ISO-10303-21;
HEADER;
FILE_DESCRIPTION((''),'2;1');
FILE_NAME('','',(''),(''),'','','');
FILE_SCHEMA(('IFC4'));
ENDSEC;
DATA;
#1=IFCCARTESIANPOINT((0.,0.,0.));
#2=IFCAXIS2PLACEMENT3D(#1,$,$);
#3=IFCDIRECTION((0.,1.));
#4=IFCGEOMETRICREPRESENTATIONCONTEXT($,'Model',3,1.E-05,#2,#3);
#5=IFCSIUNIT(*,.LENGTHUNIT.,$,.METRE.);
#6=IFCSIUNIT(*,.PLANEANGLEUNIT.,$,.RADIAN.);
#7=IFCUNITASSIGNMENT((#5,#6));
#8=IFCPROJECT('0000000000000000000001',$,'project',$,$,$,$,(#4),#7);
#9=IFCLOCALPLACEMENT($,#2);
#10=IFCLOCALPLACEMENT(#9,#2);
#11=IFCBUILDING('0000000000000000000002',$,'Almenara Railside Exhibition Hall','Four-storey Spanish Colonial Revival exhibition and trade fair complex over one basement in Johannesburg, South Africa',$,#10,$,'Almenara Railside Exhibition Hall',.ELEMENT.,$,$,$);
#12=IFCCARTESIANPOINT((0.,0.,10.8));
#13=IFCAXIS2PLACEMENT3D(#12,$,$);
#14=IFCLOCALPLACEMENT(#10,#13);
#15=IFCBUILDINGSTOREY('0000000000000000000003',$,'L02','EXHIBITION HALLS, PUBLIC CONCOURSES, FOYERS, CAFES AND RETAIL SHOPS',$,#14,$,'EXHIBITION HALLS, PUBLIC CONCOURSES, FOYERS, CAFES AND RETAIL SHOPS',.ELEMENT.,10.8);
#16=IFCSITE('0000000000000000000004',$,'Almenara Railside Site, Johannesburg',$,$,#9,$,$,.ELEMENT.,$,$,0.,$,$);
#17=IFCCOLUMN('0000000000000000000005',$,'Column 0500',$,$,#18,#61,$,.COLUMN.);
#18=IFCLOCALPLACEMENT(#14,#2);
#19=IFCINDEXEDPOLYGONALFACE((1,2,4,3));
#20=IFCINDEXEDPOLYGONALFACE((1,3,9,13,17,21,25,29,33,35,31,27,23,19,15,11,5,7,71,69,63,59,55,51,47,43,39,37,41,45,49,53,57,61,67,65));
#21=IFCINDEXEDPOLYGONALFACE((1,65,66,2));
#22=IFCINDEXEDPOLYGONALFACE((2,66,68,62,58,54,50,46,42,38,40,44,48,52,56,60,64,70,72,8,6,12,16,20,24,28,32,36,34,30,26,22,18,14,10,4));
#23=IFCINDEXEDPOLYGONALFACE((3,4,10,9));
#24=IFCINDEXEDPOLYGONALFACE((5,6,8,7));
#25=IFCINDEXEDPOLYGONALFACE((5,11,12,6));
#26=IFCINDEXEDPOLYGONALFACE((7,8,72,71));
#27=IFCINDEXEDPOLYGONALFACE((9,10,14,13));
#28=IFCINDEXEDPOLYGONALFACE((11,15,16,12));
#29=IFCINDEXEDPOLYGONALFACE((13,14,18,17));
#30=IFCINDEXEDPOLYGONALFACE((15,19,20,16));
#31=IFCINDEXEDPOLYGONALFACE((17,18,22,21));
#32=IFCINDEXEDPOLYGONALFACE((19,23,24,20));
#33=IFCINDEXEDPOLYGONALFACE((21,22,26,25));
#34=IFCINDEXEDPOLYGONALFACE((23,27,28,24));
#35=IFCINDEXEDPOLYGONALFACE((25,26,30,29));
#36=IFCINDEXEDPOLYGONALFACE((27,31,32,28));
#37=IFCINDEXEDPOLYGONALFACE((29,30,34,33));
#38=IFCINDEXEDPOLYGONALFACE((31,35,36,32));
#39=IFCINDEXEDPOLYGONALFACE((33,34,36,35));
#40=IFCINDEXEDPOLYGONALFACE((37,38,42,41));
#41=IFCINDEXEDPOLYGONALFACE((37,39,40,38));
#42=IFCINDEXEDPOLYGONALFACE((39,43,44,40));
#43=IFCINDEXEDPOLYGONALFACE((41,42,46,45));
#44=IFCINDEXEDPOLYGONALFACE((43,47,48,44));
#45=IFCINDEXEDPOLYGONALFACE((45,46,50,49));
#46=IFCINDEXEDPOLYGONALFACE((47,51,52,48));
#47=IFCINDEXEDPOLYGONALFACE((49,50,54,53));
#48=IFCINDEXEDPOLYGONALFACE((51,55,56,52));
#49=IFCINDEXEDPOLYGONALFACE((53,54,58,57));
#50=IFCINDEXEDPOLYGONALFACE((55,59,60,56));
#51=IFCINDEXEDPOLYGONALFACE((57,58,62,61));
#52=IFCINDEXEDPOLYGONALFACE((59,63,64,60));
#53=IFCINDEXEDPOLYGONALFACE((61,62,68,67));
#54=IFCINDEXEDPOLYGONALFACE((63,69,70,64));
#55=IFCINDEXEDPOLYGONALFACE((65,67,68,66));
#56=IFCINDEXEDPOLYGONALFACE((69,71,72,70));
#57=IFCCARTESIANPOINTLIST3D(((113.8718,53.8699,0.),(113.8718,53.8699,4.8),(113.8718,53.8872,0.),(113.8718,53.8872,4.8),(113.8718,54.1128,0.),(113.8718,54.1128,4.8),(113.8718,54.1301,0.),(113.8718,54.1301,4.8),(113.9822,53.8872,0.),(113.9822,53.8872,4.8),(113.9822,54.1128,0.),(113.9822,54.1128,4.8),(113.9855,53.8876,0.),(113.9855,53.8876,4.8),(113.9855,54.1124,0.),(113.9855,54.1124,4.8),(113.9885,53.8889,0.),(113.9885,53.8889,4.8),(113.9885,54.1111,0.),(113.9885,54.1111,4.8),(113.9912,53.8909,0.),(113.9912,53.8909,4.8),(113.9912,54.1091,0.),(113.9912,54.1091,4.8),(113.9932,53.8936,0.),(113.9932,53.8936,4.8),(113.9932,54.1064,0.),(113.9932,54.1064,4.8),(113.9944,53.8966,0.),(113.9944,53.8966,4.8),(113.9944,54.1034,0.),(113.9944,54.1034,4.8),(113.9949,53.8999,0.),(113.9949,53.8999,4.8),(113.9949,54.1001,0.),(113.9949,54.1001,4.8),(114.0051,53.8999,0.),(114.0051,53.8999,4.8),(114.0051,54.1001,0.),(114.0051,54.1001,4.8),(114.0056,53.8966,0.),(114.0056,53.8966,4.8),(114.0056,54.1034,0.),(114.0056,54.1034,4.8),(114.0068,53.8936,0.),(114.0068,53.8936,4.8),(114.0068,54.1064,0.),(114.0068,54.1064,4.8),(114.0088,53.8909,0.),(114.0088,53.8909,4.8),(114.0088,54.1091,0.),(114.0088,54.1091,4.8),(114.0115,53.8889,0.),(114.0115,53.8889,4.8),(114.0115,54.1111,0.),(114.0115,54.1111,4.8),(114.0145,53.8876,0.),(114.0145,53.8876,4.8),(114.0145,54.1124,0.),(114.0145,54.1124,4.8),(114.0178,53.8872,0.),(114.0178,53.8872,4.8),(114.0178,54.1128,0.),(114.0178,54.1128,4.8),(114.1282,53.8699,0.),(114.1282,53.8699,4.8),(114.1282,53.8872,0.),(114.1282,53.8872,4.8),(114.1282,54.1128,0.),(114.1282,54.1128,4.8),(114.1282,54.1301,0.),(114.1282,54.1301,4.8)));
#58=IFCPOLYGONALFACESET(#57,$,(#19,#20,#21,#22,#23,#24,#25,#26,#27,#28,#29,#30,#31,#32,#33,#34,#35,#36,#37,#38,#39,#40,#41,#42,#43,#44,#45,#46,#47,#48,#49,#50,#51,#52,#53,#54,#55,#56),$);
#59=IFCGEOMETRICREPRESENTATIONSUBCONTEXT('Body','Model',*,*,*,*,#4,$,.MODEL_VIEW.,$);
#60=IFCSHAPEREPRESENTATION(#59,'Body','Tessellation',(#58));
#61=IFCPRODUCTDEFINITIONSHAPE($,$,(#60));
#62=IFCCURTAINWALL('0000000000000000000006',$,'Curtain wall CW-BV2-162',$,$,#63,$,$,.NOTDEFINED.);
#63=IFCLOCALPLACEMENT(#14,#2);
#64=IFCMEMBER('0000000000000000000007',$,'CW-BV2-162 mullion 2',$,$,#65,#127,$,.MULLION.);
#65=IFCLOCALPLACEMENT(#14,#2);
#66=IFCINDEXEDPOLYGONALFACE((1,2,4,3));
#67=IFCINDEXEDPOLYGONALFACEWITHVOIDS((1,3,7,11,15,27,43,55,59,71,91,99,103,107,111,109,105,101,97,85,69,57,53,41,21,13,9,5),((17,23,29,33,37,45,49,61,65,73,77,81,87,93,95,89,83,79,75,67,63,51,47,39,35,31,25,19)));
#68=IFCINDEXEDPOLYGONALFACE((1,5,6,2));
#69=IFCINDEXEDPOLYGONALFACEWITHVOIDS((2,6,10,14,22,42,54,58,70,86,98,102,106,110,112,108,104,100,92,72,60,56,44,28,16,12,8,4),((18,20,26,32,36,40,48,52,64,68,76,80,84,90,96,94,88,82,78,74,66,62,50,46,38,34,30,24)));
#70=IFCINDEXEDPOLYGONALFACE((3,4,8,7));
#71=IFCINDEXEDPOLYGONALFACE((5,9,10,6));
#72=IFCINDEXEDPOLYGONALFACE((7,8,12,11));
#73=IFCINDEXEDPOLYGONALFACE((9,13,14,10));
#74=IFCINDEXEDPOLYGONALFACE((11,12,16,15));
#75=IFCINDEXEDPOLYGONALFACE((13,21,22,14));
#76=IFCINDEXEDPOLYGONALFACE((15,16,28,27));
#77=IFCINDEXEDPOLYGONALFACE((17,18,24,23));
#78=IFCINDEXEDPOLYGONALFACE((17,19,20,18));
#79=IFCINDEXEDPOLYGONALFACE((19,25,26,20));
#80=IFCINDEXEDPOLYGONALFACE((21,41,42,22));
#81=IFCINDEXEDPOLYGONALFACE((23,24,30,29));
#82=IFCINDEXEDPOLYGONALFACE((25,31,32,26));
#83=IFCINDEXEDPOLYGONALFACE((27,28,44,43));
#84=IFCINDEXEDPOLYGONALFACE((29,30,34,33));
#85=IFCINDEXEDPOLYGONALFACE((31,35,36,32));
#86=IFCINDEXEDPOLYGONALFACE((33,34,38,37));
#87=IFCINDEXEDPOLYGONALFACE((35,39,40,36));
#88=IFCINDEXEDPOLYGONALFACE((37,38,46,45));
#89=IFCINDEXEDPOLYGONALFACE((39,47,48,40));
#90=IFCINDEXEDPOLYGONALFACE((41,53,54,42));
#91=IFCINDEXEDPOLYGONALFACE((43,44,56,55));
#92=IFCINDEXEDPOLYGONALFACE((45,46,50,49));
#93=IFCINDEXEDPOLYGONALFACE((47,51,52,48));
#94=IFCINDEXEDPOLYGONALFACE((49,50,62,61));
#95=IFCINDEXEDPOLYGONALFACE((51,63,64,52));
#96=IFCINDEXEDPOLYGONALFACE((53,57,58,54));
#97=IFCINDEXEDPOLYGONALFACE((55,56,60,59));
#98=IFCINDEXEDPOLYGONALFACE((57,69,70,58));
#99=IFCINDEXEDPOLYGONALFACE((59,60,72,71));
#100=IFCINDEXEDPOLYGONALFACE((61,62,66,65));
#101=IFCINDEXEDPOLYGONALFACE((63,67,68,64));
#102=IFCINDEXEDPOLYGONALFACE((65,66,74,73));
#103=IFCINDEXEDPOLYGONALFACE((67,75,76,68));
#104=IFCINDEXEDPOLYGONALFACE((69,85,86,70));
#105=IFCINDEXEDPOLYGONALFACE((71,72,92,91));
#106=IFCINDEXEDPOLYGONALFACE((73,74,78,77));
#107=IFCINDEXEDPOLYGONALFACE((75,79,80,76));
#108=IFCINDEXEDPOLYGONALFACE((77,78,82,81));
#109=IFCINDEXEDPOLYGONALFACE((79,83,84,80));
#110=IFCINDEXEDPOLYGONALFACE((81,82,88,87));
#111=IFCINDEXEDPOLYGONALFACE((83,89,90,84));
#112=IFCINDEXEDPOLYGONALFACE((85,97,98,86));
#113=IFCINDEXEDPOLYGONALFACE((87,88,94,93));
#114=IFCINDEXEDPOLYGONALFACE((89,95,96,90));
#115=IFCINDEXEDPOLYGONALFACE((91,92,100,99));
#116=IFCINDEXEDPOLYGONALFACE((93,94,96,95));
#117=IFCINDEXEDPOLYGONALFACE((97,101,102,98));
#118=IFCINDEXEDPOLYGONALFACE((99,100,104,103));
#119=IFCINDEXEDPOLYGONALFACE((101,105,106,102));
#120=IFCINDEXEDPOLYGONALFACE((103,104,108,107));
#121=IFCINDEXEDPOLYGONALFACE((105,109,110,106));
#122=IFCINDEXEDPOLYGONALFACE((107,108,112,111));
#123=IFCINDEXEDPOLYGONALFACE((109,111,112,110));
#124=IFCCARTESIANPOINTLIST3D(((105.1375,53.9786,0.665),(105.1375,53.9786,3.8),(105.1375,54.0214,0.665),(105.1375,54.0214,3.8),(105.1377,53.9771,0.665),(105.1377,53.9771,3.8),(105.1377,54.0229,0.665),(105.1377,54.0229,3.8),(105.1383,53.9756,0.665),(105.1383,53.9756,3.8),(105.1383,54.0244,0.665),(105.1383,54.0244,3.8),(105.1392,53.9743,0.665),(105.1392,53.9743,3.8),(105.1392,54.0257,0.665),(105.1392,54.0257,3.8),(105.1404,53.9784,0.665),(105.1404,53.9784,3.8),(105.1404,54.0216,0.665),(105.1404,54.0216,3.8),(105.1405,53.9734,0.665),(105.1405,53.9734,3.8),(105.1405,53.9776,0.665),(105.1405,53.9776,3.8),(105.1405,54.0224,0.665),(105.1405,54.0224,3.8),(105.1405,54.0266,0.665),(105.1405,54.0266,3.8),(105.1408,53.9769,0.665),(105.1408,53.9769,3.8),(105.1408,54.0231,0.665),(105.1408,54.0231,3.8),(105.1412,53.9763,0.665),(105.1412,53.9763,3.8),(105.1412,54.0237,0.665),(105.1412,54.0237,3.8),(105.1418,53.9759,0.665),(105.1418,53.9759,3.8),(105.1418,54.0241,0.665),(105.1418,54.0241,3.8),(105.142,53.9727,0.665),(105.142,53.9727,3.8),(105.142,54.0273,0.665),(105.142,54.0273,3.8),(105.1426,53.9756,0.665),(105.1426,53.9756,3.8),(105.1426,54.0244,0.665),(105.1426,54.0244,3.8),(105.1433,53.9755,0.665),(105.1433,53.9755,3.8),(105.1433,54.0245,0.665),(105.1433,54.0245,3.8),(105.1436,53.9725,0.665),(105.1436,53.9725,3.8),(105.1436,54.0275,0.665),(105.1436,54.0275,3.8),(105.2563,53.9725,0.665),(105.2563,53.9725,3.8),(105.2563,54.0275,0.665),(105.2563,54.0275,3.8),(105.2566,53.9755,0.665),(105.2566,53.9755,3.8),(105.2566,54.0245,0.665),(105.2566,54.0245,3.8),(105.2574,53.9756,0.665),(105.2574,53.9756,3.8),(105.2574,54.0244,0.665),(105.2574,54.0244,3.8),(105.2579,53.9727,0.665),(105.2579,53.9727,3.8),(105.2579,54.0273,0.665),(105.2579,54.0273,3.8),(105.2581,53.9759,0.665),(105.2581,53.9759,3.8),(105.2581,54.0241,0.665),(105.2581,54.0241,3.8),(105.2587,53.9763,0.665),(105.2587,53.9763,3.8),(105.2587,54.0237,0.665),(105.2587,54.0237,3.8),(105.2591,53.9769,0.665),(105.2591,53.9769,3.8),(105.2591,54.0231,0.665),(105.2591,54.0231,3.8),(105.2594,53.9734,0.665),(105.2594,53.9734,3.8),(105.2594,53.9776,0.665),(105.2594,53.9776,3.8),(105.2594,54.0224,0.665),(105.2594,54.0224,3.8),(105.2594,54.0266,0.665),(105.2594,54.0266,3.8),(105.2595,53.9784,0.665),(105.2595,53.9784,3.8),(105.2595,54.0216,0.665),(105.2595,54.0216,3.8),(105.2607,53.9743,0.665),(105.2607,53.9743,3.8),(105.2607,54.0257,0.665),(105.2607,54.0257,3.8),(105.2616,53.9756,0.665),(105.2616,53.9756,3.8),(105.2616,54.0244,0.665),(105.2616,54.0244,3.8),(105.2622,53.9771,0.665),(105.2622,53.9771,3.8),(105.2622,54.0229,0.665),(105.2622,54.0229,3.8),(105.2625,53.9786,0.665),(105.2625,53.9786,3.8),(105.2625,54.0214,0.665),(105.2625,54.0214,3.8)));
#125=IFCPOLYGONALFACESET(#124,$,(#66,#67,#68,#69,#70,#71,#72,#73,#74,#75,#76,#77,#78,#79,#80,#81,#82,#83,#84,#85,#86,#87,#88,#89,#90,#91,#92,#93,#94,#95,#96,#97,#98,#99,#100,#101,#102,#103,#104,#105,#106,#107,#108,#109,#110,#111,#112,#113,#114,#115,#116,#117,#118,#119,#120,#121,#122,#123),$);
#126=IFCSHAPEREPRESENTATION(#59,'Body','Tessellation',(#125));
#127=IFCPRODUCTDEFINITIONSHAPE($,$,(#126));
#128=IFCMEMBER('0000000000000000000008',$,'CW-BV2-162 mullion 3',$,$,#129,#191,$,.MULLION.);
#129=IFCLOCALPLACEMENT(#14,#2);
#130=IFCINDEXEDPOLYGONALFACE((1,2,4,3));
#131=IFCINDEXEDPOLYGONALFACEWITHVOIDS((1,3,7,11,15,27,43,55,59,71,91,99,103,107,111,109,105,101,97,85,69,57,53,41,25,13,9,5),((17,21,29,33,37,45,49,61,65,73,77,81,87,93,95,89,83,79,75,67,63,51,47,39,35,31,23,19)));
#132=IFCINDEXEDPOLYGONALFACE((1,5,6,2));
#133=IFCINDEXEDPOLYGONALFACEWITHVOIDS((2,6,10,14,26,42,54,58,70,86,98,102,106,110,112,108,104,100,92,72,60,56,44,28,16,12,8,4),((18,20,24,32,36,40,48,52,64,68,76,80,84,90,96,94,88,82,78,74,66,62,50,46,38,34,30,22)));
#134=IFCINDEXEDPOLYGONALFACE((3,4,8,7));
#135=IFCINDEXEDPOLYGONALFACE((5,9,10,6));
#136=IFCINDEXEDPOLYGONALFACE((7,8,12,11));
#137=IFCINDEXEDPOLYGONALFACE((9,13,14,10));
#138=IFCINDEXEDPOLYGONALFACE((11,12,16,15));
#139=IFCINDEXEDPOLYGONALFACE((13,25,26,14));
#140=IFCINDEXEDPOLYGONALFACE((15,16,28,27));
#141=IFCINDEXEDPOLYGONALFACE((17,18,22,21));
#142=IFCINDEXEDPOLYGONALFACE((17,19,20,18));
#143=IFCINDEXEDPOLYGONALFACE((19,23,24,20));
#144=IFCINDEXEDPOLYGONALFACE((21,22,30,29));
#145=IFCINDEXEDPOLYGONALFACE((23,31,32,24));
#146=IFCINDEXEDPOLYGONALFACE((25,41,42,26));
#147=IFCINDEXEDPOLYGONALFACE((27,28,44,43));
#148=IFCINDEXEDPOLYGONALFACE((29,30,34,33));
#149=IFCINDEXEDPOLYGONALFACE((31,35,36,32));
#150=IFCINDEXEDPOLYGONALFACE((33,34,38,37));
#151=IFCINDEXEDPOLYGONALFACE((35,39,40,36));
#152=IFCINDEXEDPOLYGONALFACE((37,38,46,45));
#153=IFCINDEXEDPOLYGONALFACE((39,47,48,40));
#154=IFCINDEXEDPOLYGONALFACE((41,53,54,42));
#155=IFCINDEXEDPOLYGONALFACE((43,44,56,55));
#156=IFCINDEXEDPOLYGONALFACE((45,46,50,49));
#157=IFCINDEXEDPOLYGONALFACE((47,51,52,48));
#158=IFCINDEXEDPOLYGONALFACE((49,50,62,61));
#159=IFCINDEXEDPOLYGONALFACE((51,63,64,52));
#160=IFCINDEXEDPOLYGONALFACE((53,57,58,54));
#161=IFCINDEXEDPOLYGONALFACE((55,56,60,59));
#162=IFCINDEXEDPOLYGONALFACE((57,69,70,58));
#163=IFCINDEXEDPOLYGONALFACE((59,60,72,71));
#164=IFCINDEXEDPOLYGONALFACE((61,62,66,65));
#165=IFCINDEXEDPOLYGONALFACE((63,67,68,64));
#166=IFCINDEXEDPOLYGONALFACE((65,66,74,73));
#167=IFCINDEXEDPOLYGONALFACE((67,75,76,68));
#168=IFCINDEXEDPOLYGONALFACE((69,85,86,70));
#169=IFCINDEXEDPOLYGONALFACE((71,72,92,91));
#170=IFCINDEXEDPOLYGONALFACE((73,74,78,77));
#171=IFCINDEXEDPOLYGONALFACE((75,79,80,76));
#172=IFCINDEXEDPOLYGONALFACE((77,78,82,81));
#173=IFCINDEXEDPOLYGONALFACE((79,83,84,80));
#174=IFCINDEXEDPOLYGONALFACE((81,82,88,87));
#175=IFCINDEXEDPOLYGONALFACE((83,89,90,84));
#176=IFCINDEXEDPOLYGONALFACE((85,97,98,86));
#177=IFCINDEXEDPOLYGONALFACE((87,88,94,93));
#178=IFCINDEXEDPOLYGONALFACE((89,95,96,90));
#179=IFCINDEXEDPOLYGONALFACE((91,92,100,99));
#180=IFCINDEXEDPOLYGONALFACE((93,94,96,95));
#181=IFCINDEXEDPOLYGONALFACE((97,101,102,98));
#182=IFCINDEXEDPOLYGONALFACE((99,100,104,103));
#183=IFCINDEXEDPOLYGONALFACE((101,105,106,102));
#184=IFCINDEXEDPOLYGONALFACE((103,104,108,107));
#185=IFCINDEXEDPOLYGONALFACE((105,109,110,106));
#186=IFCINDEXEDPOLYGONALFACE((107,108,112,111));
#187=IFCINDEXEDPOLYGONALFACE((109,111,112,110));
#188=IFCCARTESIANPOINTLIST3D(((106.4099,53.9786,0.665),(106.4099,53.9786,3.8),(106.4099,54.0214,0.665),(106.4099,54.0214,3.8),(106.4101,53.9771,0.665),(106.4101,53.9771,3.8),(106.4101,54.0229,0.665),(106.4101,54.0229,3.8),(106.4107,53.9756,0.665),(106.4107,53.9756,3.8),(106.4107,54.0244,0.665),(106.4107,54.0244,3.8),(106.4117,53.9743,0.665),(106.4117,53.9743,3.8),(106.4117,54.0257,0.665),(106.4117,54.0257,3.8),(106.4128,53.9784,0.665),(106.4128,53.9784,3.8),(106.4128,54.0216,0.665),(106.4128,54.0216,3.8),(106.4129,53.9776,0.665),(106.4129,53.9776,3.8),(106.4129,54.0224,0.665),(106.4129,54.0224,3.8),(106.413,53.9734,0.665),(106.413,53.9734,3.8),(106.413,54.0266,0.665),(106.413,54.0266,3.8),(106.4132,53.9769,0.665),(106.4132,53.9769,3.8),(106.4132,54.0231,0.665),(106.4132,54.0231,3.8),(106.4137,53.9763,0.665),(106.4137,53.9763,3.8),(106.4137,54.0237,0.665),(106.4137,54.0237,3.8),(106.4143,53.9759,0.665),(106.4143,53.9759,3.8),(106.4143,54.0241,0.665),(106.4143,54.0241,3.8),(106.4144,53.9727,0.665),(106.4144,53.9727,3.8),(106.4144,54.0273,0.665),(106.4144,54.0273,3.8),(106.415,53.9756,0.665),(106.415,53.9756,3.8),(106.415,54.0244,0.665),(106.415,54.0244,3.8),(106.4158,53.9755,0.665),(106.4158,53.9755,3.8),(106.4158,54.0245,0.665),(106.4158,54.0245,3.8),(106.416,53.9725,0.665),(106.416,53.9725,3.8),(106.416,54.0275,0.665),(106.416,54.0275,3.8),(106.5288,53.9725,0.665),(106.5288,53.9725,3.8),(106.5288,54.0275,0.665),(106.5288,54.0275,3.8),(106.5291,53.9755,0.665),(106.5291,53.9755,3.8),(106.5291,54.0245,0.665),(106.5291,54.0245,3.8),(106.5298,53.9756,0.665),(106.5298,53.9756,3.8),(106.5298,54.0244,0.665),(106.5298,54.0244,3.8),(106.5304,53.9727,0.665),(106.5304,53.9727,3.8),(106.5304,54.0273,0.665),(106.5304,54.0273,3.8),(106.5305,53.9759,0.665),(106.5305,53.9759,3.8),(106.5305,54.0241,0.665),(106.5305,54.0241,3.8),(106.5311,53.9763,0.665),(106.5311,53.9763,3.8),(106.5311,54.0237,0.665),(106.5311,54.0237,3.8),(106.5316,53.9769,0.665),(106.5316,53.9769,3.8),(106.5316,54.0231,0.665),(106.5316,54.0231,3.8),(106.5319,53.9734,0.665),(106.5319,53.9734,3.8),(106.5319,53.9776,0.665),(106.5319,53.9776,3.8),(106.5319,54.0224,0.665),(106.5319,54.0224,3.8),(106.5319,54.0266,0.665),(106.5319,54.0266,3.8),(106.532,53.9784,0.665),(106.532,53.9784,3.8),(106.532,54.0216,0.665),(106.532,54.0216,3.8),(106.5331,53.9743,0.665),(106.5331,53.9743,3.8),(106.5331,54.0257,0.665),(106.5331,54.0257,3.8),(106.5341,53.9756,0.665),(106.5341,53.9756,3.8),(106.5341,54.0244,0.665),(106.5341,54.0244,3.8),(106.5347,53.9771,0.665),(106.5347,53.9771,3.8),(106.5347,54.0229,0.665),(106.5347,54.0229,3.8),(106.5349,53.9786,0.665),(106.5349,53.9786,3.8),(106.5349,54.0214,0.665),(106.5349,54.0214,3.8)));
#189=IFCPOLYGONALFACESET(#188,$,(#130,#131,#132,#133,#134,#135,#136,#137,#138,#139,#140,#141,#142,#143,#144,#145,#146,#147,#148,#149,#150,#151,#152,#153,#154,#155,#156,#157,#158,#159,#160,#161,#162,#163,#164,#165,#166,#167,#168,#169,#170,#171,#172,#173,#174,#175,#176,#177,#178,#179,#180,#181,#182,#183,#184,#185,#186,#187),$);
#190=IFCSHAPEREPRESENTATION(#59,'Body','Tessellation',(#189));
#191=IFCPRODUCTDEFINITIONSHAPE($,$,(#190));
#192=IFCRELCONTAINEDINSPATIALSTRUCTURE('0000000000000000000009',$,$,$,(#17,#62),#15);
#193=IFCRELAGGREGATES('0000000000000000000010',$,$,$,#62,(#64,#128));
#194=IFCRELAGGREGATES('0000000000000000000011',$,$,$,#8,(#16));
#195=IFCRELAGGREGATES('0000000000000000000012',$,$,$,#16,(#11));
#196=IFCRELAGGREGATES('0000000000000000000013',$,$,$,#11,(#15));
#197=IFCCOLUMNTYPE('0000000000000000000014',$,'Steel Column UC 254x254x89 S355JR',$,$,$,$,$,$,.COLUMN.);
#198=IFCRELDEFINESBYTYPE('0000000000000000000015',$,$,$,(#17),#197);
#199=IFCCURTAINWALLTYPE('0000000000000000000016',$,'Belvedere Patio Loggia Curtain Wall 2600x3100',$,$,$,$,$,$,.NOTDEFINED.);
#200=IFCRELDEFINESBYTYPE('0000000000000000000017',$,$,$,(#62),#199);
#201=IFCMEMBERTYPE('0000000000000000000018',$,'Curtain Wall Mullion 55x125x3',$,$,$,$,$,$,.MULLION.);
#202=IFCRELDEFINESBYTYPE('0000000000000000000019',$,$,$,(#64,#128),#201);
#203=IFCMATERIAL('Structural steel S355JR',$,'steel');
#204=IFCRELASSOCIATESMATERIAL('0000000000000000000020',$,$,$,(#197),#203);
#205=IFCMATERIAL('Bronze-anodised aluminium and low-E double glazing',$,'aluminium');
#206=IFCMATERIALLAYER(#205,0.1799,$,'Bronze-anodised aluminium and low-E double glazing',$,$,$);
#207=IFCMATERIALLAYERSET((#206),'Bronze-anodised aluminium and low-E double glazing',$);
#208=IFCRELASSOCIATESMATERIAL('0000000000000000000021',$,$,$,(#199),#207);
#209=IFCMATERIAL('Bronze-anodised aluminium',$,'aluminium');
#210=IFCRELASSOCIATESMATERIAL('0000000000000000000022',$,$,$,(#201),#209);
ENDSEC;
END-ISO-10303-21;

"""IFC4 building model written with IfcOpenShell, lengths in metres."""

from ifc_helpers import new_model, si_unit, direction, frame, origin, origin_2d, place, context, subcontext, project, spatial, hollow_rectangle, i_section, extrude, material, layer, layer_set, material_profile, profile_set, type_object, element, aggregate, save


model = new_model("IFC4")

# Units and contexts
model_context = context("Model", 3, precision=1e-05, world=origin(), true_north=direction((0.0, 1.0)))
body_context = subcontext(model_context, "Body", "Model", "MODEL_VIEW")
ifc_project = project(units=[si_unit("LENGTHUNIT", "METRE"), si_unit("PLANEANGLEUNIT", "RADIAN")], contexts=[model_context])

# Site, building, storey
site_placement = place(None, origin())
site = spatial("IfcSite", under=ifc_project, at=site_placement, Name="Almenara Railside Site, Johannesburg", CompositionType="ELEMENT", RefElevation=0.0)
building_placement = place(site_placement, origin())
building = spatial("IfcBuilding", under=site, at=building_placement, Name="Almenara Railside Exhibition Hall", Description="Four-storey Spanish Colonial Revival exhibition and trade fair complex over one basement in Johannesburg, South Africa", LongName="Almenara Railside Exhibition Hall", CompositionType="ELEMENT")
storey_placement = place(building_placement, frame((0.0, 0.0, 10.8)))
storey = spatial("IfcBuildingStorey", under=building, at=storey_placement, Name="L02", Description="EXHIBITION HALLS, PUBLIC CONCOURSES, FOYERS, CAFES AND RETAIL SHOPS", LongName="EXHIBITION HALLS, PUBLIC CONCOURSES, FOYERS, CAFES AND RETAIL SHOPS", CompositionType="ELEMENT", Elevation=10.8)

# Column
ifc_material_1 = material(Name="Structural steel S355JR", Category="steel")
ifc_material_profile_1 = material_profile(ifc_material_1, i_section(OverallWidth=0.2563, OverallDepth=0.2603, WebThickness=0.0103, FlangeThickness=0.0173, FilletRadius=0.0127, at=origin_2d()), Name="UC 254x254x89")
ifc_profile_set_1 = profile_set([ifc_material_profile_1], Name="Structural steel S355JR")
column_type = type_object("IfcColumnType", Name="Steel Column UC 254x254x89 S355JR", PredefinedType="COLUMN", material=ifc_profile_set_1)
column_placement = place(storey_placement, frame((114.0, 54.0, 0.0), z_axis=(0.0, 0.0, 1.0), x_axis=(1.0, 0.0, 0.0)))
element("IfcColumn", 1, at=column_placement, inside=storey, type_object=column_type, Name="Column 0500", PredefinedType="COLUMN", context=body_context, shape_type="SweptSolid", body=[
    extrude(i_section(OverallWidth=0.2563, OverallDepth=0.2603, WebThickness=0.0103, FlangeThickness=0.0173, FilletRadius=0.0127, at=origin_2d()), origin(), (0.0, 0.0, 1.0), 4.8),
])

# Curtain wall, members
ifc_material_2 = material(Name="Bronze-anodised aluminium and low-E double glazing", Category="aluminium")
ifc_layer_1 = layer(ifc_material_2, 0.1799, Name="Bronze-anodised aluminium and low-E double glazing")
ifc_layer_set_1 = layer_set([ifc_layer_1], Name="Bronze-anodised aluminium and low-E double glazing")
curtain_wall_type = type_object("IfcCurtainWallType", Name="Belvedere Patio Loggia Curtain Wall 2600x3100", PredefinedType="NOTDEFINED", material=ifc_layer_set_1)
curtain_wall_placement = place(storey_placement, origin())
curtain_wall = element("IfcCurtainWall", 2, at=curtain_wall_placement, inside=storey, type_object=curtain_wall_type, Name="Curtain wall CW-BV2-162", PredefinedType="NOTDEFINED")
ifc_material_3 = material(Name="Bronze-anodised aluminium", Category="aluminium")
ifc_material_profile_2 = material_profile(ifc_material_3, hollow_rectangle(XDim=0.0549, YDim=0.125, WallThickness=0.0029, InnerFilletRadius=0.0029, OuterFilletRadius=0.0061, at=origin_2d()), Name="ALU-MUL 55x125x3")
ifc_profile_set_2 = profile_set([ifc_material_profile_2], Name="Bronze-anodised aluminium")
member_type_1 = type_object("IfcMemberType", Name="Curtain Wall Mullion 55x125x3", PredefinedType="MULLION", material=ifc_profile_set_2)
member_1_placement = place(storey_placement, frame((105.2, 54.0, 0.665), z_axis=(0.0, 0.0, 1.0), x_axis=(0.0, 1.0, 0.0)))
member_1 = element("IfcMember", 3, at=member_1_placement, type_object=member_type_1, Name="CW-BV2-162 mullion 2", PredefinedType="MULLION", context=body_context, shape_type="SweptSolid", body=[
    extrude(hollow_rectangle(XDim=0.0549, YDim=0.125, WallThickness=0.0029, InnerFilletRadius=0.0029, OuterFilletRadius=0.0061, at=origin_2d()), origin(), (0.0, 0.0, 1.0), 3.135),
])
member_2_placement = place(storey_placement, frame((106.4724, 54.0, 0.665), z_axis=(0.0, 0.0, 1.0), x_axis=(0.0, 1.0, 0.0)))
member_2 = element("IfcMember", 4, at=member_2_placement, type_object=member_type_1, Name="CW-BV2-162 mullion 3", PredefinedType="MULLION", context=body_context, shape_type="SweptSolid", body=[
    extrude(hollow_rectangle(XDim=0.0549, YDim=0.125, WallThickness=0.0029, InnerFilletRadius=0.0029, OuterFilletRadius=0.0061, at=origin_2d()), origin(), (0.0, 0.0, 1.0), 3.135),
])
aggregate(curtain_wall, [member_1, member_2])

save(model, "model.ifc")
